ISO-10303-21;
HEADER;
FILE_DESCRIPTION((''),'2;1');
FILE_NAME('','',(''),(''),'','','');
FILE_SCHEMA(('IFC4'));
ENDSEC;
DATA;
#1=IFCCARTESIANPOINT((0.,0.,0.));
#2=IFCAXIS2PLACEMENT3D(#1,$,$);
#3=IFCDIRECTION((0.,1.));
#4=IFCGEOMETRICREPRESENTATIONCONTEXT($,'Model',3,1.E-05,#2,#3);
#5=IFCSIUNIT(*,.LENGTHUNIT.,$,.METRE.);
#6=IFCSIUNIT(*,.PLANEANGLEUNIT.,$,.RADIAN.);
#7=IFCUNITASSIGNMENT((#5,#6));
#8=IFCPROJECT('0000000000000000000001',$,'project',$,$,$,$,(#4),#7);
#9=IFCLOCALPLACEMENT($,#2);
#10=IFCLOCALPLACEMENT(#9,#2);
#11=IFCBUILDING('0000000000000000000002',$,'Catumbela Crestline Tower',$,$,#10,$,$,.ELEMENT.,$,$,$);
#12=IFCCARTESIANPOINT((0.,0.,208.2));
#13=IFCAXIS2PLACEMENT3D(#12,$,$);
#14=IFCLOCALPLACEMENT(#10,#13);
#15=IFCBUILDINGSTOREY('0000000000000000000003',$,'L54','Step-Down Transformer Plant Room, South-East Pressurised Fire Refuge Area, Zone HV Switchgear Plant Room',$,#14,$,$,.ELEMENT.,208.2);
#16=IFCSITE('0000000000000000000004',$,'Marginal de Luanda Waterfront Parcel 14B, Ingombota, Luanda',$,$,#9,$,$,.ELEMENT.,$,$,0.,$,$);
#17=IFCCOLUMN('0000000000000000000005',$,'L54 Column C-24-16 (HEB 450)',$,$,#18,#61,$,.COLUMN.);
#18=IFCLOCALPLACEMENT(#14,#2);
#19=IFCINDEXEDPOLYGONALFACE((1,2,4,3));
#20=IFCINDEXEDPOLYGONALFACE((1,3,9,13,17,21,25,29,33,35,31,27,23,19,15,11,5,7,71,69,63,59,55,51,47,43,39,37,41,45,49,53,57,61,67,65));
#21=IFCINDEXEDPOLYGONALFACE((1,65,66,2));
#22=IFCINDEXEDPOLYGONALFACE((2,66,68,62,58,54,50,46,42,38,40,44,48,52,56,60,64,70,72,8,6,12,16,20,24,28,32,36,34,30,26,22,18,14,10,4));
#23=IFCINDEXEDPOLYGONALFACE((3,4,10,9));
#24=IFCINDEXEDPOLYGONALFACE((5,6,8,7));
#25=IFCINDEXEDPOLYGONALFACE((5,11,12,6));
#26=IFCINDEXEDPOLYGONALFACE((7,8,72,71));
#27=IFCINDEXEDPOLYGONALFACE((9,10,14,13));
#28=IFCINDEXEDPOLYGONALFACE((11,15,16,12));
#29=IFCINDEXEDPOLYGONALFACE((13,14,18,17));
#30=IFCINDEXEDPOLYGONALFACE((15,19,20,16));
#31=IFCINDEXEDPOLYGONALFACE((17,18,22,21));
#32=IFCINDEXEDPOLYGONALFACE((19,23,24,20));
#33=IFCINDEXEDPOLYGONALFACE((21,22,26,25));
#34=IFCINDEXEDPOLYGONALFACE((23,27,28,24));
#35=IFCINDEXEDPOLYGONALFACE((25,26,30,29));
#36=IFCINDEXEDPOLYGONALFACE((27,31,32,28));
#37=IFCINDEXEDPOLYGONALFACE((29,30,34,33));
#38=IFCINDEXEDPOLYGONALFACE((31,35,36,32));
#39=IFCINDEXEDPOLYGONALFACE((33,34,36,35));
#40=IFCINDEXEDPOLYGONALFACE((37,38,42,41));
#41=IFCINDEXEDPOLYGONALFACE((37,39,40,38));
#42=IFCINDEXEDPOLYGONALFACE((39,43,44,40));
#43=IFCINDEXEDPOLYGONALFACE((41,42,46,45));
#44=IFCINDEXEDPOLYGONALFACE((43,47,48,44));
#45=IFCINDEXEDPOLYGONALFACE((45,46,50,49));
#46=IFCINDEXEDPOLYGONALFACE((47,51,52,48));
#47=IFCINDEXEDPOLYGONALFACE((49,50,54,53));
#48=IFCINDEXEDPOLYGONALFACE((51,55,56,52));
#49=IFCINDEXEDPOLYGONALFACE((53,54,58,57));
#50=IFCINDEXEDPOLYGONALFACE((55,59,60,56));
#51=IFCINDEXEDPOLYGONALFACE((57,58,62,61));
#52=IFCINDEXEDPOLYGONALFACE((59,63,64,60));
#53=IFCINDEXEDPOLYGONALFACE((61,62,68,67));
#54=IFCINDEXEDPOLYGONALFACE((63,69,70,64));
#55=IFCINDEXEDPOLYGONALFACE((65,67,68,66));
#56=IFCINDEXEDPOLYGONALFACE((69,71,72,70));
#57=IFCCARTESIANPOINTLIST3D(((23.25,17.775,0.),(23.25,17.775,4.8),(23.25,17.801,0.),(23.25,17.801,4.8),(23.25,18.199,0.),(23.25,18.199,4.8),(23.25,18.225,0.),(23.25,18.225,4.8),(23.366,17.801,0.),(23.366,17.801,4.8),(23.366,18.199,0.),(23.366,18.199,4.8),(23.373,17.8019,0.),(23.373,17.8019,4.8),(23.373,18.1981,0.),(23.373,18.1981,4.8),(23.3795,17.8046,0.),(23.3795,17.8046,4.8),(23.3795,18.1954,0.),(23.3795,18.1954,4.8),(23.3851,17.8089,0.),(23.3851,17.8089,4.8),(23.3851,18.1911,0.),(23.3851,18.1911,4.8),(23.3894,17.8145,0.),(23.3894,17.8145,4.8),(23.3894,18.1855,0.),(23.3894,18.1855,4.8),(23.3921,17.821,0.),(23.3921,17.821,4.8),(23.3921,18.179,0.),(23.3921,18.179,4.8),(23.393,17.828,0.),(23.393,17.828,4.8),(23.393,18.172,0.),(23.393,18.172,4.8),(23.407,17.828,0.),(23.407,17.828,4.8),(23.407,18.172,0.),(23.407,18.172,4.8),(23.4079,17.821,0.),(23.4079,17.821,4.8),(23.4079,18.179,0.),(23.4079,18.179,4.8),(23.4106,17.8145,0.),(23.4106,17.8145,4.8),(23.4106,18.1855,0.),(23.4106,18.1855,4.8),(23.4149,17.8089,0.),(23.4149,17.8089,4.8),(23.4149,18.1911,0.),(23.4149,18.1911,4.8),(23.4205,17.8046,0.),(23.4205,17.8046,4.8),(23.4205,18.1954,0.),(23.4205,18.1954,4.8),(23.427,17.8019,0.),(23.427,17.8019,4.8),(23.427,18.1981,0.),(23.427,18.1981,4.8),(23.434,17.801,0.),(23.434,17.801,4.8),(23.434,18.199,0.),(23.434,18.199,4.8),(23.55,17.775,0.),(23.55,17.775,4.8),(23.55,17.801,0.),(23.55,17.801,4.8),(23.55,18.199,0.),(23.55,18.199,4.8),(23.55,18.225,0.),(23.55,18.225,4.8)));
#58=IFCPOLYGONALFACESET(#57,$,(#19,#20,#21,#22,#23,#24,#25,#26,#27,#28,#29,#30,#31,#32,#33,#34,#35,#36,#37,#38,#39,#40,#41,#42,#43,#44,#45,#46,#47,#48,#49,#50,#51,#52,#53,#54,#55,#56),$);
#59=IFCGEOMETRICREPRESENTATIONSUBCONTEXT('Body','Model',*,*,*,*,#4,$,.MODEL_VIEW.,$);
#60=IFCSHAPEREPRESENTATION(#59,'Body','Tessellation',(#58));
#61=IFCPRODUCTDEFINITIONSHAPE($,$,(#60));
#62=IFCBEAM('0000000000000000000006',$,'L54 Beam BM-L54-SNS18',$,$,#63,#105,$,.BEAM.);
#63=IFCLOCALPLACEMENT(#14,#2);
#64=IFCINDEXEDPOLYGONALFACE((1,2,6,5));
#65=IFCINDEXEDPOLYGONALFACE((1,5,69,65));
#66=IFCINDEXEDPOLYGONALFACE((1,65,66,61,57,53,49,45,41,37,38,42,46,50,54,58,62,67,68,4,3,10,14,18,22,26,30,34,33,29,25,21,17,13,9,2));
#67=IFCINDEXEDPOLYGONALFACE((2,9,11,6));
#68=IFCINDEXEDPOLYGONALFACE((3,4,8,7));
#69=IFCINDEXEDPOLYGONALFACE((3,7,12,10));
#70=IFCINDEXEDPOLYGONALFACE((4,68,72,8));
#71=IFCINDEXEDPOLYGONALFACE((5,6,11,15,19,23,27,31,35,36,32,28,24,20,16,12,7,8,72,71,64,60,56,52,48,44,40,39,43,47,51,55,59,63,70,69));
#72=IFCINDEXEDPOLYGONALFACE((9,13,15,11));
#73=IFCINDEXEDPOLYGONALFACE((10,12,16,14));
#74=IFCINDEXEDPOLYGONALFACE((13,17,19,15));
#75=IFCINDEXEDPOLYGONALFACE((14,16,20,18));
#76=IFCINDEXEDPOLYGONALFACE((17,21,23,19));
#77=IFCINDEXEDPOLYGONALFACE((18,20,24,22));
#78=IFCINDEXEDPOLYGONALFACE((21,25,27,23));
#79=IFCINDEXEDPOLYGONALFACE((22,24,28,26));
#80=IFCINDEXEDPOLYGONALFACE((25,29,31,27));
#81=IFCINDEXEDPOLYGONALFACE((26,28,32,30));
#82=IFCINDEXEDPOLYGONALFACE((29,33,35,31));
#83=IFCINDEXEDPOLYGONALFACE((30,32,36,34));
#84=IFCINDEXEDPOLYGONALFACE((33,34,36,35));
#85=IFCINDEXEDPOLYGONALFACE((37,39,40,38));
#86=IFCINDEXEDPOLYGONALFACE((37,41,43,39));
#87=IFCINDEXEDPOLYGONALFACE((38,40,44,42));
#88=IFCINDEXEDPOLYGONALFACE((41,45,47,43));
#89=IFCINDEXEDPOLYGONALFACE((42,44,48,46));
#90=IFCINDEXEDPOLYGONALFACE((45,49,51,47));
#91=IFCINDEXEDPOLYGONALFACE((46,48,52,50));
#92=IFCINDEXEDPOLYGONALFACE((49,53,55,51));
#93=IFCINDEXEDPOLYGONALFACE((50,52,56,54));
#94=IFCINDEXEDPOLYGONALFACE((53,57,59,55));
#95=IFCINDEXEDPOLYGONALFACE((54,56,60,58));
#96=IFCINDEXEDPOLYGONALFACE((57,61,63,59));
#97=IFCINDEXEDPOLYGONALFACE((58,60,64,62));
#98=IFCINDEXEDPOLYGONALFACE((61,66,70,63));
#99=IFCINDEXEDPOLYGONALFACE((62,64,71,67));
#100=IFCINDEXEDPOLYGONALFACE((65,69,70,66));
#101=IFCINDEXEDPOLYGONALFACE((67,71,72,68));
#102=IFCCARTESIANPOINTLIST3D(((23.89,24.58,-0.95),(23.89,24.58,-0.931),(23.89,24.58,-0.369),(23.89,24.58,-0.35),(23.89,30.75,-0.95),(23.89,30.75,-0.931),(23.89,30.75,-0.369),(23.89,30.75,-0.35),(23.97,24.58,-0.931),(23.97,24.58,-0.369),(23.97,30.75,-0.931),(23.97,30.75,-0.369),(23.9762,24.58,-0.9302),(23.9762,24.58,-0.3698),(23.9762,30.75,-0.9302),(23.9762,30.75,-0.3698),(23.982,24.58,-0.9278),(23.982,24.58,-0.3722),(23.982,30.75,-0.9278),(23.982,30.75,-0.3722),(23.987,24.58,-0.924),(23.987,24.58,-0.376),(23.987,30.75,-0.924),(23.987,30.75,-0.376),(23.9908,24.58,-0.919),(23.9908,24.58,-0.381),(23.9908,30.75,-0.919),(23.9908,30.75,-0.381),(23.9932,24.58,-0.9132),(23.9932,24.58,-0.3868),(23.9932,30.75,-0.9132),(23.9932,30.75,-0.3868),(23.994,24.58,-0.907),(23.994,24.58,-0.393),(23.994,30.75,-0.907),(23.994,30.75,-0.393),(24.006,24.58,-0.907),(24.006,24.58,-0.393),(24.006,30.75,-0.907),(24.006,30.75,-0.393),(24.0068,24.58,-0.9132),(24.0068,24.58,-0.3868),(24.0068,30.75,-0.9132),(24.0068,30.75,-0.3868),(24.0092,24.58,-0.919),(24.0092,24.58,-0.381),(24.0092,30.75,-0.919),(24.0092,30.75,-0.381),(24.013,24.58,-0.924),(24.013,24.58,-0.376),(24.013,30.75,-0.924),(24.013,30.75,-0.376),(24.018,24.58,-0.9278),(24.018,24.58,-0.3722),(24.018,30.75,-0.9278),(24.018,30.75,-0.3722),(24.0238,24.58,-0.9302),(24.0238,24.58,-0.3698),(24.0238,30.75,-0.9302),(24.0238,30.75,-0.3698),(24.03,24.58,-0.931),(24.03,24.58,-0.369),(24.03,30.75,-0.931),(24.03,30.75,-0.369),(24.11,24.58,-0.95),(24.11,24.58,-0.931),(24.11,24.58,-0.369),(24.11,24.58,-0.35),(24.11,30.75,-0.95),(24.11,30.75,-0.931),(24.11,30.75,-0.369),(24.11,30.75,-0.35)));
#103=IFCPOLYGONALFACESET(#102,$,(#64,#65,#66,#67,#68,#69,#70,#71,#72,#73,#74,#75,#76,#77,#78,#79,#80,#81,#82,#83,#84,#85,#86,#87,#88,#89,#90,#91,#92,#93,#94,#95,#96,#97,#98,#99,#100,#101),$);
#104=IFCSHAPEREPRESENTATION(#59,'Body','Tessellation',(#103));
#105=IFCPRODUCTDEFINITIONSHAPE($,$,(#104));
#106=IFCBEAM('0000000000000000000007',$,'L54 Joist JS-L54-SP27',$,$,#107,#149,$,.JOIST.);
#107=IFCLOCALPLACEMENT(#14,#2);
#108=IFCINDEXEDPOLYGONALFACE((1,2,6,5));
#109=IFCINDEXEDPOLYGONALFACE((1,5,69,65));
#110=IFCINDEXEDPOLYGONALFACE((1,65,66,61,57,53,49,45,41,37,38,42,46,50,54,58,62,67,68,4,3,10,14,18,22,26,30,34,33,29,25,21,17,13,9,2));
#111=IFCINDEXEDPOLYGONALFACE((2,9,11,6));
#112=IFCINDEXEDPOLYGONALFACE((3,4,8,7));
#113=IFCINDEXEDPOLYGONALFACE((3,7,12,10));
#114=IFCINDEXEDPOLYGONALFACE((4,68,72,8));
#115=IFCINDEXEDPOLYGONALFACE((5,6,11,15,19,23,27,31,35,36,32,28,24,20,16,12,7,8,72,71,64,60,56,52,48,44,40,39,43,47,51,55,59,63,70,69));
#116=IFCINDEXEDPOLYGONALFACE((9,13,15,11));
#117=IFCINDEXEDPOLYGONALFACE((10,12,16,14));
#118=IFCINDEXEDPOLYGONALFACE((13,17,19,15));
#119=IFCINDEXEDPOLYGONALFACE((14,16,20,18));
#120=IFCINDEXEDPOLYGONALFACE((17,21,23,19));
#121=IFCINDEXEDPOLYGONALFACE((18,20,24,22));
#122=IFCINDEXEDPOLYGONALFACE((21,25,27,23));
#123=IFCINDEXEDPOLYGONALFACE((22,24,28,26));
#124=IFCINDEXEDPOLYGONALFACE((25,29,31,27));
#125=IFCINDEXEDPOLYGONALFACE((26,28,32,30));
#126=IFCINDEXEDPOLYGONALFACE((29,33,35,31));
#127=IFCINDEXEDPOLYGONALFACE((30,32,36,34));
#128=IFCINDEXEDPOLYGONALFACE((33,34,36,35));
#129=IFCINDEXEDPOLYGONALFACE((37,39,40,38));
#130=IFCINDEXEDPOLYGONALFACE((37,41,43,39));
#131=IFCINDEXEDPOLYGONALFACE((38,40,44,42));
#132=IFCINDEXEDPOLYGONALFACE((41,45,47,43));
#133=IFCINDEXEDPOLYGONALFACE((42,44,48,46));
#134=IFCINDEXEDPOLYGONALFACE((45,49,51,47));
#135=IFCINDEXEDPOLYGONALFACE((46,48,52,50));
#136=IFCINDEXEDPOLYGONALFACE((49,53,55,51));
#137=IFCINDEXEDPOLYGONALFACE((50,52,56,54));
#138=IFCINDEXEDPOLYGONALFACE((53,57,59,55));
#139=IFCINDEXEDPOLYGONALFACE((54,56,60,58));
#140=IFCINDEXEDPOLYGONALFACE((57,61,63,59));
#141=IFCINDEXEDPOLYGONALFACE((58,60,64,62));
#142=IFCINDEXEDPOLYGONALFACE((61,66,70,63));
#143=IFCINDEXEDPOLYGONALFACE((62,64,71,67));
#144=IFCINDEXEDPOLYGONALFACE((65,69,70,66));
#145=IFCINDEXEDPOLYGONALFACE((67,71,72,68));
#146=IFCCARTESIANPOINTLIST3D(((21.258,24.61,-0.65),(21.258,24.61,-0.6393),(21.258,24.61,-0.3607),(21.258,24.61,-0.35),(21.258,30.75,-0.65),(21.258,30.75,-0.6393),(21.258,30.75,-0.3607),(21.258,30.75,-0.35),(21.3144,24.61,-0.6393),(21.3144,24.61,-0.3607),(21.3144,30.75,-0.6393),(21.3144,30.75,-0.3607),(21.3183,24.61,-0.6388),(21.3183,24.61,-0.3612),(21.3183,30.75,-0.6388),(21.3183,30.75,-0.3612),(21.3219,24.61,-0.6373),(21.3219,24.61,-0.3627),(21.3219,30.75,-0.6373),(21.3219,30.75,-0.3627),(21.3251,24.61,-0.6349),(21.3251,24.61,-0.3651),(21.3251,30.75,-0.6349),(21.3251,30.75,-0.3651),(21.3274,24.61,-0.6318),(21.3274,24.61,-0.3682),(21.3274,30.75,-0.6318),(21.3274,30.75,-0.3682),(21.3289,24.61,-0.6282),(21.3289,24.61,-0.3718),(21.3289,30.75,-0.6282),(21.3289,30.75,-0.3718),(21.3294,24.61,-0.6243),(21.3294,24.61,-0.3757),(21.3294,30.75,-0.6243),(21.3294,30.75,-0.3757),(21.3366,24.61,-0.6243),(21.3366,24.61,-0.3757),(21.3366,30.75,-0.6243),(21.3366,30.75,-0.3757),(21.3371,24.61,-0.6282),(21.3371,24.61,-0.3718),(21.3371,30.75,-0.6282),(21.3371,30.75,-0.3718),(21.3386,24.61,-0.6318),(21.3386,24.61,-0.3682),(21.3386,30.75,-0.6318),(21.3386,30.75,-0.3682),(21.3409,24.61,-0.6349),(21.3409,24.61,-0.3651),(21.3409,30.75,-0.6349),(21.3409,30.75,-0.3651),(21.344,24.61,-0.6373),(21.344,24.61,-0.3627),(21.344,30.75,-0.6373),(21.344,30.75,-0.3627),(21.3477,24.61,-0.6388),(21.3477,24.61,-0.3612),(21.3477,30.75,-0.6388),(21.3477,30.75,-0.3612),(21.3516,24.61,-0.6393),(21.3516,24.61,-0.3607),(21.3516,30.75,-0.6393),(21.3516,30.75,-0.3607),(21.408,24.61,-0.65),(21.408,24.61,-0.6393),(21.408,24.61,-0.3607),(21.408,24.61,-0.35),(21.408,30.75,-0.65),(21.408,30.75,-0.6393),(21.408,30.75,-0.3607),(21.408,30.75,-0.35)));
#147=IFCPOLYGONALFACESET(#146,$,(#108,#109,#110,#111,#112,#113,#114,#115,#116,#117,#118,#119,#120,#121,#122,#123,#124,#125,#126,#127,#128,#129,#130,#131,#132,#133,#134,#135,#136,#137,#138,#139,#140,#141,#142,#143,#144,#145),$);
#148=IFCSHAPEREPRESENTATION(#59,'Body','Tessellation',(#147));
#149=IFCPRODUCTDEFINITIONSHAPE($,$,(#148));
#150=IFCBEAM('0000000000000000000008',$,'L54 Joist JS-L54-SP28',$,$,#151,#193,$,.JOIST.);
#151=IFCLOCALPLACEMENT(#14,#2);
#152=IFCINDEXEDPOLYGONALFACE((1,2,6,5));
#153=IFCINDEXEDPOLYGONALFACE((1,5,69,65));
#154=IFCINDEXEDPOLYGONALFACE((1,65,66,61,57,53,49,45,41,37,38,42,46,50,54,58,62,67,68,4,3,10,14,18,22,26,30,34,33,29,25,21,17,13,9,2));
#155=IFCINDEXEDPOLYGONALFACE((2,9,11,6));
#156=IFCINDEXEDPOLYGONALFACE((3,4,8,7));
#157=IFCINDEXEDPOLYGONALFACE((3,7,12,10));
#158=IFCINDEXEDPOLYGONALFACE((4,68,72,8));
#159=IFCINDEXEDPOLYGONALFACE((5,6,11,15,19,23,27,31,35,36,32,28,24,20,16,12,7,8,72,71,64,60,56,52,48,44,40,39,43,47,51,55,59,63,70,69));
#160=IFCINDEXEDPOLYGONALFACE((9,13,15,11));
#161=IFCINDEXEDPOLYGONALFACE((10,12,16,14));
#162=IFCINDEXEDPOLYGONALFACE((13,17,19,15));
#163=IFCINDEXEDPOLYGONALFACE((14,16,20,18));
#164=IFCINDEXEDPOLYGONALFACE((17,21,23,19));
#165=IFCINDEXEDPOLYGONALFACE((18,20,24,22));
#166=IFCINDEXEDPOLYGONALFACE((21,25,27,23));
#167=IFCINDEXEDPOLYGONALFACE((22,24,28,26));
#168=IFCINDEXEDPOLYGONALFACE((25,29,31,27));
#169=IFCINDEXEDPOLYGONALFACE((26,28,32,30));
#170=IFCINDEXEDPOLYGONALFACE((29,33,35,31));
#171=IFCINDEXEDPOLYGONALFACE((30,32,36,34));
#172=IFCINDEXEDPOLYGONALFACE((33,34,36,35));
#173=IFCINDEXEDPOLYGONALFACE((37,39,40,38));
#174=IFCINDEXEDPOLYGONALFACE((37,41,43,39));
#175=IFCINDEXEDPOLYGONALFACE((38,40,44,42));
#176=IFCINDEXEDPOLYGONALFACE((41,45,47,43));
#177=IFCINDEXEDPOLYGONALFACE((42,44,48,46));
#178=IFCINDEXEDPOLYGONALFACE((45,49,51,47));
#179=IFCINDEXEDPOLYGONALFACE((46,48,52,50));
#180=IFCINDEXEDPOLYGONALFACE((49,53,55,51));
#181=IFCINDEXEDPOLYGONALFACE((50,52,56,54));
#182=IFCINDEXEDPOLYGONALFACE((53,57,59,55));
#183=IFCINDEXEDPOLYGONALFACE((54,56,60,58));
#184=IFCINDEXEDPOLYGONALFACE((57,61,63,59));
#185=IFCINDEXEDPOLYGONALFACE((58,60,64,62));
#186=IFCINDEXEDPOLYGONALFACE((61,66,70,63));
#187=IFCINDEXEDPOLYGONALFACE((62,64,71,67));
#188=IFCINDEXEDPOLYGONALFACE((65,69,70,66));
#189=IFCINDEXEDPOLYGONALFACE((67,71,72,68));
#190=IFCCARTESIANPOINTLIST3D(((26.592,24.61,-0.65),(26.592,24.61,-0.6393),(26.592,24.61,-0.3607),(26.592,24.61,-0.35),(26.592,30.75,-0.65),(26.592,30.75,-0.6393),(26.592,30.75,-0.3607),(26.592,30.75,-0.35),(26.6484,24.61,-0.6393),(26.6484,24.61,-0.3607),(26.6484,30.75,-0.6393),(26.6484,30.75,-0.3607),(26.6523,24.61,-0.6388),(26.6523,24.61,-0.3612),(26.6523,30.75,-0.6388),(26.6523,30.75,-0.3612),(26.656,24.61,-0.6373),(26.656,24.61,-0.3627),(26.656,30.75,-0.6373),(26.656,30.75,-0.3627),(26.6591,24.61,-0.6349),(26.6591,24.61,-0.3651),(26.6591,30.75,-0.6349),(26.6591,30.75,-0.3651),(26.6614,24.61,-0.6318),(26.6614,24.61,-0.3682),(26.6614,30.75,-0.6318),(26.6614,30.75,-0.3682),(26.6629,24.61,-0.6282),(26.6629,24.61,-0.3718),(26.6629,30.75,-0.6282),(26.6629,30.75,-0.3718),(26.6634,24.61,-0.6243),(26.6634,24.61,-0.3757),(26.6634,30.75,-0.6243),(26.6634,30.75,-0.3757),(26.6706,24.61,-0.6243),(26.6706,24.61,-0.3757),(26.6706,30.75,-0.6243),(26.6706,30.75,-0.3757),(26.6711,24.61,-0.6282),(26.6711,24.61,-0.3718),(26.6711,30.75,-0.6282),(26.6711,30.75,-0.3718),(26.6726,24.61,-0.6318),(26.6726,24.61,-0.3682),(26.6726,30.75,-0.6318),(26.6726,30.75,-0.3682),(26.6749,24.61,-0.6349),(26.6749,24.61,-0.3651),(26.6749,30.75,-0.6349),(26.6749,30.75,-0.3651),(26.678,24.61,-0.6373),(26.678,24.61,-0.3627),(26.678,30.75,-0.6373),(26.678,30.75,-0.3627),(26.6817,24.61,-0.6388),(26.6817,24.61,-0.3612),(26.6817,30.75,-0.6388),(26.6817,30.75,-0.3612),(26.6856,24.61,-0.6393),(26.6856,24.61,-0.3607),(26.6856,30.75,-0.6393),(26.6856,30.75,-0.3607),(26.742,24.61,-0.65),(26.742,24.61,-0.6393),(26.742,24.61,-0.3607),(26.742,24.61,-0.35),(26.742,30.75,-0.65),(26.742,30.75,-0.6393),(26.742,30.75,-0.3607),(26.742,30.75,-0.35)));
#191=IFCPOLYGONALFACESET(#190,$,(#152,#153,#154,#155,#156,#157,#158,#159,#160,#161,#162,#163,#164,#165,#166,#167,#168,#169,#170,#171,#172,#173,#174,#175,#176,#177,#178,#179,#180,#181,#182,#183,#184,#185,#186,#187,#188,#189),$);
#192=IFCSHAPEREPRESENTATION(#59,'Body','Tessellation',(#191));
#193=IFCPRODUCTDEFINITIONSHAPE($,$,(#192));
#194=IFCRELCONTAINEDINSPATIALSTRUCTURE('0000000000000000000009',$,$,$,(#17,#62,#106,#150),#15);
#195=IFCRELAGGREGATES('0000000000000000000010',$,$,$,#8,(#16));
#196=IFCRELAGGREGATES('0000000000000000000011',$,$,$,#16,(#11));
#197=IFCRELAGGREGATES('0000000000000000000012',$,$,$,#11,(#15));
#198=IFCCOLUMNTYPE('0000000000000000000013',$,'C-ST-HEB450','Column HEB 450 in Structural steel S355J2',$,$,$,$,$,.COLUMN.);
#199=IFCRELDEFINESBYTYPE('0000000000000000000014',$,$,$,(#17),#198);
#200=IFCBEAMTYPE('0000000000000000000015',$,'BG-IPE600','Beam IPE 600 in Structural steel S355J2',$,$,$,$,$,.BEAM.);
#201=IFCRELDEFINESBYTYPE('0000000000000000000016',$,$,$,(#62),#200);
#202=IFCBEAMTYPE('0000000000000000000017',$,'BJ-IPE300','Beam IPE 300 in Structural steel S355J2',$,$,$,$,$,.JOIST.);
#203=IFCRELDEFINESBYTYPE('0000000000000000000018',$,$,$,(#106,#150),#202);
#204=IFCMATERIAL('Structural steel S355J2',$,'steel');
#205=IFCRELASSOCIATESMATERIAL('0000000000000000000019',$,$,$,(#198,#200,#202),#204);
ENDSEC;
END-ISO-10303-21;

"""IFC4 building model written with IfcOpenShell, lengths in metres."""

from ifc_helpers import new_model, si_unit, direction, frame, origin, origin_2d, place, context, subcontext, project, spatial, i_section, extrude, material, material_profile, profile_set, type_object, element, save


model = new_model("IFC4")

# Units and contexts
model_context = context("Model", 3, precision=1e-05, world=origin(), true_north=direction((0.0, 1.0)))
body_context = subcontext(model_context, "Body", "Model", "MODEL_VIEW")
ifc_project = project(units=[si_unit("LENGTHUNIT", "METRE"), si_unit("PLANEANGLEUNIT", "RADIAN")], contexts=[model_context])

# Site, building, storey
site_placement = place(None, origin())
site = spatial("IfcSite", under=ifc_project, at=site_placement, Name="Marginal de Luanda Waterfront Parcel 14B, Ingombota, Luanda", CompositionType="ELEMENT", RefElevation=0.0)
building_placement = place(site_placement, origin())
building = spatial("IfcBuilding", under=site, at=building_placement, Name="Catumbela Crestline Tower", CompositionType="ELEMENT")
storey_placement = place(building_placement, frame((0.0, 0.0, 208.2)))
storey = spatial("IfcBuildingStorey", under=building, at=storey_placement, Name="L54", Description="Step-Down Transformer Plant Room, South-East Pressurised Fire Refuge Area, Zone HV Switchgear Plant Room", CompositionType="ELEMENT", Elevation=208.2)

# Column
ifc_material_1 = material(Name="Structural steel S355J2", Category="steel")
ifc_material_profile_1 = material_profile(ifc_material_1, i_section(OverallWidth=0.3, OverallDepth=0.45, WebThickness=0.014, FlangeThickness=0.026, FilletRadius=0.027, at=origin_2d()), Name="HEB 450")
ifc_profile_set_1 = profile_set([ifc_material_profile_1], Name="Structural steel S355J2")
column_type_1 = type_object("IfcColumnType", Name="C-ST-HEB450", Description="Column HEB 450 in Structural steel S355J2", PredefinedType="COLUMN", material=ifc_profile_set_1)
for number, where, z_axis, x_axis, name in (
    (1, (23.4, 18.0, 0.0), (0.0, 0.0, 1.0), (1.0, 0.0, 0.0), "L54 Column C-24-16 (HEB 450)"),
):
    element("IfcColumn", number, at=place(storey_placement, frame(where, z_axis=z_axis, x_axis=x_axis)), inside=storey, type_object=column_type_1, Name=name, PredefinedType="COLUMN", context=body_context, shape_type="SweptSolid", body=[
        extrude(i_section(OverallWidth=0.3, OverallDepth=0.45, WebThickness=0.014, FlangeThickness=0.026, FilletRadius=0.027, at=origin_2d()), origin(), (0.0, 0.0, 1.0), 4.8),
    ])

# Beams
ifc_material_profile_2 = material_profile(ifc_material_1, i_section(OverallWidth=0.22, OverallDepth=0.6, WebThickness=0.012, FlangeThickness=0.019, FilletRadius=0.024, at=origin_2d()), Name="IPE 600")
ifc_profile_set_2 = profile_set([ifc_material_profile_2], Name="Structural steel S355J2")
beam_type_1 = type_object("IfcBeamType", Name="BG-IPE600", Description="Beam IPE 600 in Structural steel S355J2", PredefinedType="BEAM", material=ifc_profile_set_2)
beam_1_placement = place(storey_placement, frame((24.0, 24.58, -0.65), z_axis=(0.0, 1.0, 0.0), x_axis=(-1.0, 0.0, 0.0)))
element("IfcBeam", 2, at=beam_1_placement, inside=storey, type_object=beam_type_1, Name="L54 Beam BM-L54-SNS18", PredefinedType="BEAM", context=body_context, shape_type="SweptSolid", body=[
    extrude(i_section(OverallWidth=0.22, OverallDepth=0.6, WebThickness=0.012, FlangeThickness=0.019, FilletRadius=0.024, at=origin_2d()), origin(), (0.0, 0.0, 1.0), 6.17),
])
ifc_material_profile_3 = material_profile(ifc_material_1, i_section(OverallWidth=0.15, OverallDepth=0.3, WebThickness=0.0071, FlangeThickness=0.0107, FilletRadius=0.015, at=origin_2d()), Name="IPE 300")
ifc_profile_set_3 = profile_set([ifc_material_profile_3], Name="Structural steel S355J2")
beam_type_2 = type_object("IfcBeamType", Name="BJ-IPE300", Description="Beam IPE 300 in Structural steel S355J2", PredefinedType="JOIST", material=ifc_profile_set_3)
for number, where, z_axis, x_axis, name in (
    (3, (21.333, 24.61, -0.5), (0.0, 1.0, 0.0), (-1.0, 0.0, 0.0), "L54 Joist JS-L54-SP27"),
    (4, (26.667, 24.61, -0.5), (0.0, 1.0, 0.0), (-1.0, 0.0, 0.0), "L54 Joist JS-L54-SP28"),
):
    element("IfcBeam", number, at=place(storey_placement, frame(where, z_axis=z_axis, x_axis=x_axis)), inside=storey, type_object=beam_type_2, Name=name, PredefinedType="JOIST", context=body_context, shape_type="SweptSolid", body=[
        extrude(i_section(OverallWidth=0.15, OverallDepth=0.3, WebThickness=0.0071, FlangeThickness=0.0107, FilletRadius=0.015, at=origin_2d()), origin(), (0.0, 0.0, 1.0), 6.14),
    ])

save(model, "model.ifc")
